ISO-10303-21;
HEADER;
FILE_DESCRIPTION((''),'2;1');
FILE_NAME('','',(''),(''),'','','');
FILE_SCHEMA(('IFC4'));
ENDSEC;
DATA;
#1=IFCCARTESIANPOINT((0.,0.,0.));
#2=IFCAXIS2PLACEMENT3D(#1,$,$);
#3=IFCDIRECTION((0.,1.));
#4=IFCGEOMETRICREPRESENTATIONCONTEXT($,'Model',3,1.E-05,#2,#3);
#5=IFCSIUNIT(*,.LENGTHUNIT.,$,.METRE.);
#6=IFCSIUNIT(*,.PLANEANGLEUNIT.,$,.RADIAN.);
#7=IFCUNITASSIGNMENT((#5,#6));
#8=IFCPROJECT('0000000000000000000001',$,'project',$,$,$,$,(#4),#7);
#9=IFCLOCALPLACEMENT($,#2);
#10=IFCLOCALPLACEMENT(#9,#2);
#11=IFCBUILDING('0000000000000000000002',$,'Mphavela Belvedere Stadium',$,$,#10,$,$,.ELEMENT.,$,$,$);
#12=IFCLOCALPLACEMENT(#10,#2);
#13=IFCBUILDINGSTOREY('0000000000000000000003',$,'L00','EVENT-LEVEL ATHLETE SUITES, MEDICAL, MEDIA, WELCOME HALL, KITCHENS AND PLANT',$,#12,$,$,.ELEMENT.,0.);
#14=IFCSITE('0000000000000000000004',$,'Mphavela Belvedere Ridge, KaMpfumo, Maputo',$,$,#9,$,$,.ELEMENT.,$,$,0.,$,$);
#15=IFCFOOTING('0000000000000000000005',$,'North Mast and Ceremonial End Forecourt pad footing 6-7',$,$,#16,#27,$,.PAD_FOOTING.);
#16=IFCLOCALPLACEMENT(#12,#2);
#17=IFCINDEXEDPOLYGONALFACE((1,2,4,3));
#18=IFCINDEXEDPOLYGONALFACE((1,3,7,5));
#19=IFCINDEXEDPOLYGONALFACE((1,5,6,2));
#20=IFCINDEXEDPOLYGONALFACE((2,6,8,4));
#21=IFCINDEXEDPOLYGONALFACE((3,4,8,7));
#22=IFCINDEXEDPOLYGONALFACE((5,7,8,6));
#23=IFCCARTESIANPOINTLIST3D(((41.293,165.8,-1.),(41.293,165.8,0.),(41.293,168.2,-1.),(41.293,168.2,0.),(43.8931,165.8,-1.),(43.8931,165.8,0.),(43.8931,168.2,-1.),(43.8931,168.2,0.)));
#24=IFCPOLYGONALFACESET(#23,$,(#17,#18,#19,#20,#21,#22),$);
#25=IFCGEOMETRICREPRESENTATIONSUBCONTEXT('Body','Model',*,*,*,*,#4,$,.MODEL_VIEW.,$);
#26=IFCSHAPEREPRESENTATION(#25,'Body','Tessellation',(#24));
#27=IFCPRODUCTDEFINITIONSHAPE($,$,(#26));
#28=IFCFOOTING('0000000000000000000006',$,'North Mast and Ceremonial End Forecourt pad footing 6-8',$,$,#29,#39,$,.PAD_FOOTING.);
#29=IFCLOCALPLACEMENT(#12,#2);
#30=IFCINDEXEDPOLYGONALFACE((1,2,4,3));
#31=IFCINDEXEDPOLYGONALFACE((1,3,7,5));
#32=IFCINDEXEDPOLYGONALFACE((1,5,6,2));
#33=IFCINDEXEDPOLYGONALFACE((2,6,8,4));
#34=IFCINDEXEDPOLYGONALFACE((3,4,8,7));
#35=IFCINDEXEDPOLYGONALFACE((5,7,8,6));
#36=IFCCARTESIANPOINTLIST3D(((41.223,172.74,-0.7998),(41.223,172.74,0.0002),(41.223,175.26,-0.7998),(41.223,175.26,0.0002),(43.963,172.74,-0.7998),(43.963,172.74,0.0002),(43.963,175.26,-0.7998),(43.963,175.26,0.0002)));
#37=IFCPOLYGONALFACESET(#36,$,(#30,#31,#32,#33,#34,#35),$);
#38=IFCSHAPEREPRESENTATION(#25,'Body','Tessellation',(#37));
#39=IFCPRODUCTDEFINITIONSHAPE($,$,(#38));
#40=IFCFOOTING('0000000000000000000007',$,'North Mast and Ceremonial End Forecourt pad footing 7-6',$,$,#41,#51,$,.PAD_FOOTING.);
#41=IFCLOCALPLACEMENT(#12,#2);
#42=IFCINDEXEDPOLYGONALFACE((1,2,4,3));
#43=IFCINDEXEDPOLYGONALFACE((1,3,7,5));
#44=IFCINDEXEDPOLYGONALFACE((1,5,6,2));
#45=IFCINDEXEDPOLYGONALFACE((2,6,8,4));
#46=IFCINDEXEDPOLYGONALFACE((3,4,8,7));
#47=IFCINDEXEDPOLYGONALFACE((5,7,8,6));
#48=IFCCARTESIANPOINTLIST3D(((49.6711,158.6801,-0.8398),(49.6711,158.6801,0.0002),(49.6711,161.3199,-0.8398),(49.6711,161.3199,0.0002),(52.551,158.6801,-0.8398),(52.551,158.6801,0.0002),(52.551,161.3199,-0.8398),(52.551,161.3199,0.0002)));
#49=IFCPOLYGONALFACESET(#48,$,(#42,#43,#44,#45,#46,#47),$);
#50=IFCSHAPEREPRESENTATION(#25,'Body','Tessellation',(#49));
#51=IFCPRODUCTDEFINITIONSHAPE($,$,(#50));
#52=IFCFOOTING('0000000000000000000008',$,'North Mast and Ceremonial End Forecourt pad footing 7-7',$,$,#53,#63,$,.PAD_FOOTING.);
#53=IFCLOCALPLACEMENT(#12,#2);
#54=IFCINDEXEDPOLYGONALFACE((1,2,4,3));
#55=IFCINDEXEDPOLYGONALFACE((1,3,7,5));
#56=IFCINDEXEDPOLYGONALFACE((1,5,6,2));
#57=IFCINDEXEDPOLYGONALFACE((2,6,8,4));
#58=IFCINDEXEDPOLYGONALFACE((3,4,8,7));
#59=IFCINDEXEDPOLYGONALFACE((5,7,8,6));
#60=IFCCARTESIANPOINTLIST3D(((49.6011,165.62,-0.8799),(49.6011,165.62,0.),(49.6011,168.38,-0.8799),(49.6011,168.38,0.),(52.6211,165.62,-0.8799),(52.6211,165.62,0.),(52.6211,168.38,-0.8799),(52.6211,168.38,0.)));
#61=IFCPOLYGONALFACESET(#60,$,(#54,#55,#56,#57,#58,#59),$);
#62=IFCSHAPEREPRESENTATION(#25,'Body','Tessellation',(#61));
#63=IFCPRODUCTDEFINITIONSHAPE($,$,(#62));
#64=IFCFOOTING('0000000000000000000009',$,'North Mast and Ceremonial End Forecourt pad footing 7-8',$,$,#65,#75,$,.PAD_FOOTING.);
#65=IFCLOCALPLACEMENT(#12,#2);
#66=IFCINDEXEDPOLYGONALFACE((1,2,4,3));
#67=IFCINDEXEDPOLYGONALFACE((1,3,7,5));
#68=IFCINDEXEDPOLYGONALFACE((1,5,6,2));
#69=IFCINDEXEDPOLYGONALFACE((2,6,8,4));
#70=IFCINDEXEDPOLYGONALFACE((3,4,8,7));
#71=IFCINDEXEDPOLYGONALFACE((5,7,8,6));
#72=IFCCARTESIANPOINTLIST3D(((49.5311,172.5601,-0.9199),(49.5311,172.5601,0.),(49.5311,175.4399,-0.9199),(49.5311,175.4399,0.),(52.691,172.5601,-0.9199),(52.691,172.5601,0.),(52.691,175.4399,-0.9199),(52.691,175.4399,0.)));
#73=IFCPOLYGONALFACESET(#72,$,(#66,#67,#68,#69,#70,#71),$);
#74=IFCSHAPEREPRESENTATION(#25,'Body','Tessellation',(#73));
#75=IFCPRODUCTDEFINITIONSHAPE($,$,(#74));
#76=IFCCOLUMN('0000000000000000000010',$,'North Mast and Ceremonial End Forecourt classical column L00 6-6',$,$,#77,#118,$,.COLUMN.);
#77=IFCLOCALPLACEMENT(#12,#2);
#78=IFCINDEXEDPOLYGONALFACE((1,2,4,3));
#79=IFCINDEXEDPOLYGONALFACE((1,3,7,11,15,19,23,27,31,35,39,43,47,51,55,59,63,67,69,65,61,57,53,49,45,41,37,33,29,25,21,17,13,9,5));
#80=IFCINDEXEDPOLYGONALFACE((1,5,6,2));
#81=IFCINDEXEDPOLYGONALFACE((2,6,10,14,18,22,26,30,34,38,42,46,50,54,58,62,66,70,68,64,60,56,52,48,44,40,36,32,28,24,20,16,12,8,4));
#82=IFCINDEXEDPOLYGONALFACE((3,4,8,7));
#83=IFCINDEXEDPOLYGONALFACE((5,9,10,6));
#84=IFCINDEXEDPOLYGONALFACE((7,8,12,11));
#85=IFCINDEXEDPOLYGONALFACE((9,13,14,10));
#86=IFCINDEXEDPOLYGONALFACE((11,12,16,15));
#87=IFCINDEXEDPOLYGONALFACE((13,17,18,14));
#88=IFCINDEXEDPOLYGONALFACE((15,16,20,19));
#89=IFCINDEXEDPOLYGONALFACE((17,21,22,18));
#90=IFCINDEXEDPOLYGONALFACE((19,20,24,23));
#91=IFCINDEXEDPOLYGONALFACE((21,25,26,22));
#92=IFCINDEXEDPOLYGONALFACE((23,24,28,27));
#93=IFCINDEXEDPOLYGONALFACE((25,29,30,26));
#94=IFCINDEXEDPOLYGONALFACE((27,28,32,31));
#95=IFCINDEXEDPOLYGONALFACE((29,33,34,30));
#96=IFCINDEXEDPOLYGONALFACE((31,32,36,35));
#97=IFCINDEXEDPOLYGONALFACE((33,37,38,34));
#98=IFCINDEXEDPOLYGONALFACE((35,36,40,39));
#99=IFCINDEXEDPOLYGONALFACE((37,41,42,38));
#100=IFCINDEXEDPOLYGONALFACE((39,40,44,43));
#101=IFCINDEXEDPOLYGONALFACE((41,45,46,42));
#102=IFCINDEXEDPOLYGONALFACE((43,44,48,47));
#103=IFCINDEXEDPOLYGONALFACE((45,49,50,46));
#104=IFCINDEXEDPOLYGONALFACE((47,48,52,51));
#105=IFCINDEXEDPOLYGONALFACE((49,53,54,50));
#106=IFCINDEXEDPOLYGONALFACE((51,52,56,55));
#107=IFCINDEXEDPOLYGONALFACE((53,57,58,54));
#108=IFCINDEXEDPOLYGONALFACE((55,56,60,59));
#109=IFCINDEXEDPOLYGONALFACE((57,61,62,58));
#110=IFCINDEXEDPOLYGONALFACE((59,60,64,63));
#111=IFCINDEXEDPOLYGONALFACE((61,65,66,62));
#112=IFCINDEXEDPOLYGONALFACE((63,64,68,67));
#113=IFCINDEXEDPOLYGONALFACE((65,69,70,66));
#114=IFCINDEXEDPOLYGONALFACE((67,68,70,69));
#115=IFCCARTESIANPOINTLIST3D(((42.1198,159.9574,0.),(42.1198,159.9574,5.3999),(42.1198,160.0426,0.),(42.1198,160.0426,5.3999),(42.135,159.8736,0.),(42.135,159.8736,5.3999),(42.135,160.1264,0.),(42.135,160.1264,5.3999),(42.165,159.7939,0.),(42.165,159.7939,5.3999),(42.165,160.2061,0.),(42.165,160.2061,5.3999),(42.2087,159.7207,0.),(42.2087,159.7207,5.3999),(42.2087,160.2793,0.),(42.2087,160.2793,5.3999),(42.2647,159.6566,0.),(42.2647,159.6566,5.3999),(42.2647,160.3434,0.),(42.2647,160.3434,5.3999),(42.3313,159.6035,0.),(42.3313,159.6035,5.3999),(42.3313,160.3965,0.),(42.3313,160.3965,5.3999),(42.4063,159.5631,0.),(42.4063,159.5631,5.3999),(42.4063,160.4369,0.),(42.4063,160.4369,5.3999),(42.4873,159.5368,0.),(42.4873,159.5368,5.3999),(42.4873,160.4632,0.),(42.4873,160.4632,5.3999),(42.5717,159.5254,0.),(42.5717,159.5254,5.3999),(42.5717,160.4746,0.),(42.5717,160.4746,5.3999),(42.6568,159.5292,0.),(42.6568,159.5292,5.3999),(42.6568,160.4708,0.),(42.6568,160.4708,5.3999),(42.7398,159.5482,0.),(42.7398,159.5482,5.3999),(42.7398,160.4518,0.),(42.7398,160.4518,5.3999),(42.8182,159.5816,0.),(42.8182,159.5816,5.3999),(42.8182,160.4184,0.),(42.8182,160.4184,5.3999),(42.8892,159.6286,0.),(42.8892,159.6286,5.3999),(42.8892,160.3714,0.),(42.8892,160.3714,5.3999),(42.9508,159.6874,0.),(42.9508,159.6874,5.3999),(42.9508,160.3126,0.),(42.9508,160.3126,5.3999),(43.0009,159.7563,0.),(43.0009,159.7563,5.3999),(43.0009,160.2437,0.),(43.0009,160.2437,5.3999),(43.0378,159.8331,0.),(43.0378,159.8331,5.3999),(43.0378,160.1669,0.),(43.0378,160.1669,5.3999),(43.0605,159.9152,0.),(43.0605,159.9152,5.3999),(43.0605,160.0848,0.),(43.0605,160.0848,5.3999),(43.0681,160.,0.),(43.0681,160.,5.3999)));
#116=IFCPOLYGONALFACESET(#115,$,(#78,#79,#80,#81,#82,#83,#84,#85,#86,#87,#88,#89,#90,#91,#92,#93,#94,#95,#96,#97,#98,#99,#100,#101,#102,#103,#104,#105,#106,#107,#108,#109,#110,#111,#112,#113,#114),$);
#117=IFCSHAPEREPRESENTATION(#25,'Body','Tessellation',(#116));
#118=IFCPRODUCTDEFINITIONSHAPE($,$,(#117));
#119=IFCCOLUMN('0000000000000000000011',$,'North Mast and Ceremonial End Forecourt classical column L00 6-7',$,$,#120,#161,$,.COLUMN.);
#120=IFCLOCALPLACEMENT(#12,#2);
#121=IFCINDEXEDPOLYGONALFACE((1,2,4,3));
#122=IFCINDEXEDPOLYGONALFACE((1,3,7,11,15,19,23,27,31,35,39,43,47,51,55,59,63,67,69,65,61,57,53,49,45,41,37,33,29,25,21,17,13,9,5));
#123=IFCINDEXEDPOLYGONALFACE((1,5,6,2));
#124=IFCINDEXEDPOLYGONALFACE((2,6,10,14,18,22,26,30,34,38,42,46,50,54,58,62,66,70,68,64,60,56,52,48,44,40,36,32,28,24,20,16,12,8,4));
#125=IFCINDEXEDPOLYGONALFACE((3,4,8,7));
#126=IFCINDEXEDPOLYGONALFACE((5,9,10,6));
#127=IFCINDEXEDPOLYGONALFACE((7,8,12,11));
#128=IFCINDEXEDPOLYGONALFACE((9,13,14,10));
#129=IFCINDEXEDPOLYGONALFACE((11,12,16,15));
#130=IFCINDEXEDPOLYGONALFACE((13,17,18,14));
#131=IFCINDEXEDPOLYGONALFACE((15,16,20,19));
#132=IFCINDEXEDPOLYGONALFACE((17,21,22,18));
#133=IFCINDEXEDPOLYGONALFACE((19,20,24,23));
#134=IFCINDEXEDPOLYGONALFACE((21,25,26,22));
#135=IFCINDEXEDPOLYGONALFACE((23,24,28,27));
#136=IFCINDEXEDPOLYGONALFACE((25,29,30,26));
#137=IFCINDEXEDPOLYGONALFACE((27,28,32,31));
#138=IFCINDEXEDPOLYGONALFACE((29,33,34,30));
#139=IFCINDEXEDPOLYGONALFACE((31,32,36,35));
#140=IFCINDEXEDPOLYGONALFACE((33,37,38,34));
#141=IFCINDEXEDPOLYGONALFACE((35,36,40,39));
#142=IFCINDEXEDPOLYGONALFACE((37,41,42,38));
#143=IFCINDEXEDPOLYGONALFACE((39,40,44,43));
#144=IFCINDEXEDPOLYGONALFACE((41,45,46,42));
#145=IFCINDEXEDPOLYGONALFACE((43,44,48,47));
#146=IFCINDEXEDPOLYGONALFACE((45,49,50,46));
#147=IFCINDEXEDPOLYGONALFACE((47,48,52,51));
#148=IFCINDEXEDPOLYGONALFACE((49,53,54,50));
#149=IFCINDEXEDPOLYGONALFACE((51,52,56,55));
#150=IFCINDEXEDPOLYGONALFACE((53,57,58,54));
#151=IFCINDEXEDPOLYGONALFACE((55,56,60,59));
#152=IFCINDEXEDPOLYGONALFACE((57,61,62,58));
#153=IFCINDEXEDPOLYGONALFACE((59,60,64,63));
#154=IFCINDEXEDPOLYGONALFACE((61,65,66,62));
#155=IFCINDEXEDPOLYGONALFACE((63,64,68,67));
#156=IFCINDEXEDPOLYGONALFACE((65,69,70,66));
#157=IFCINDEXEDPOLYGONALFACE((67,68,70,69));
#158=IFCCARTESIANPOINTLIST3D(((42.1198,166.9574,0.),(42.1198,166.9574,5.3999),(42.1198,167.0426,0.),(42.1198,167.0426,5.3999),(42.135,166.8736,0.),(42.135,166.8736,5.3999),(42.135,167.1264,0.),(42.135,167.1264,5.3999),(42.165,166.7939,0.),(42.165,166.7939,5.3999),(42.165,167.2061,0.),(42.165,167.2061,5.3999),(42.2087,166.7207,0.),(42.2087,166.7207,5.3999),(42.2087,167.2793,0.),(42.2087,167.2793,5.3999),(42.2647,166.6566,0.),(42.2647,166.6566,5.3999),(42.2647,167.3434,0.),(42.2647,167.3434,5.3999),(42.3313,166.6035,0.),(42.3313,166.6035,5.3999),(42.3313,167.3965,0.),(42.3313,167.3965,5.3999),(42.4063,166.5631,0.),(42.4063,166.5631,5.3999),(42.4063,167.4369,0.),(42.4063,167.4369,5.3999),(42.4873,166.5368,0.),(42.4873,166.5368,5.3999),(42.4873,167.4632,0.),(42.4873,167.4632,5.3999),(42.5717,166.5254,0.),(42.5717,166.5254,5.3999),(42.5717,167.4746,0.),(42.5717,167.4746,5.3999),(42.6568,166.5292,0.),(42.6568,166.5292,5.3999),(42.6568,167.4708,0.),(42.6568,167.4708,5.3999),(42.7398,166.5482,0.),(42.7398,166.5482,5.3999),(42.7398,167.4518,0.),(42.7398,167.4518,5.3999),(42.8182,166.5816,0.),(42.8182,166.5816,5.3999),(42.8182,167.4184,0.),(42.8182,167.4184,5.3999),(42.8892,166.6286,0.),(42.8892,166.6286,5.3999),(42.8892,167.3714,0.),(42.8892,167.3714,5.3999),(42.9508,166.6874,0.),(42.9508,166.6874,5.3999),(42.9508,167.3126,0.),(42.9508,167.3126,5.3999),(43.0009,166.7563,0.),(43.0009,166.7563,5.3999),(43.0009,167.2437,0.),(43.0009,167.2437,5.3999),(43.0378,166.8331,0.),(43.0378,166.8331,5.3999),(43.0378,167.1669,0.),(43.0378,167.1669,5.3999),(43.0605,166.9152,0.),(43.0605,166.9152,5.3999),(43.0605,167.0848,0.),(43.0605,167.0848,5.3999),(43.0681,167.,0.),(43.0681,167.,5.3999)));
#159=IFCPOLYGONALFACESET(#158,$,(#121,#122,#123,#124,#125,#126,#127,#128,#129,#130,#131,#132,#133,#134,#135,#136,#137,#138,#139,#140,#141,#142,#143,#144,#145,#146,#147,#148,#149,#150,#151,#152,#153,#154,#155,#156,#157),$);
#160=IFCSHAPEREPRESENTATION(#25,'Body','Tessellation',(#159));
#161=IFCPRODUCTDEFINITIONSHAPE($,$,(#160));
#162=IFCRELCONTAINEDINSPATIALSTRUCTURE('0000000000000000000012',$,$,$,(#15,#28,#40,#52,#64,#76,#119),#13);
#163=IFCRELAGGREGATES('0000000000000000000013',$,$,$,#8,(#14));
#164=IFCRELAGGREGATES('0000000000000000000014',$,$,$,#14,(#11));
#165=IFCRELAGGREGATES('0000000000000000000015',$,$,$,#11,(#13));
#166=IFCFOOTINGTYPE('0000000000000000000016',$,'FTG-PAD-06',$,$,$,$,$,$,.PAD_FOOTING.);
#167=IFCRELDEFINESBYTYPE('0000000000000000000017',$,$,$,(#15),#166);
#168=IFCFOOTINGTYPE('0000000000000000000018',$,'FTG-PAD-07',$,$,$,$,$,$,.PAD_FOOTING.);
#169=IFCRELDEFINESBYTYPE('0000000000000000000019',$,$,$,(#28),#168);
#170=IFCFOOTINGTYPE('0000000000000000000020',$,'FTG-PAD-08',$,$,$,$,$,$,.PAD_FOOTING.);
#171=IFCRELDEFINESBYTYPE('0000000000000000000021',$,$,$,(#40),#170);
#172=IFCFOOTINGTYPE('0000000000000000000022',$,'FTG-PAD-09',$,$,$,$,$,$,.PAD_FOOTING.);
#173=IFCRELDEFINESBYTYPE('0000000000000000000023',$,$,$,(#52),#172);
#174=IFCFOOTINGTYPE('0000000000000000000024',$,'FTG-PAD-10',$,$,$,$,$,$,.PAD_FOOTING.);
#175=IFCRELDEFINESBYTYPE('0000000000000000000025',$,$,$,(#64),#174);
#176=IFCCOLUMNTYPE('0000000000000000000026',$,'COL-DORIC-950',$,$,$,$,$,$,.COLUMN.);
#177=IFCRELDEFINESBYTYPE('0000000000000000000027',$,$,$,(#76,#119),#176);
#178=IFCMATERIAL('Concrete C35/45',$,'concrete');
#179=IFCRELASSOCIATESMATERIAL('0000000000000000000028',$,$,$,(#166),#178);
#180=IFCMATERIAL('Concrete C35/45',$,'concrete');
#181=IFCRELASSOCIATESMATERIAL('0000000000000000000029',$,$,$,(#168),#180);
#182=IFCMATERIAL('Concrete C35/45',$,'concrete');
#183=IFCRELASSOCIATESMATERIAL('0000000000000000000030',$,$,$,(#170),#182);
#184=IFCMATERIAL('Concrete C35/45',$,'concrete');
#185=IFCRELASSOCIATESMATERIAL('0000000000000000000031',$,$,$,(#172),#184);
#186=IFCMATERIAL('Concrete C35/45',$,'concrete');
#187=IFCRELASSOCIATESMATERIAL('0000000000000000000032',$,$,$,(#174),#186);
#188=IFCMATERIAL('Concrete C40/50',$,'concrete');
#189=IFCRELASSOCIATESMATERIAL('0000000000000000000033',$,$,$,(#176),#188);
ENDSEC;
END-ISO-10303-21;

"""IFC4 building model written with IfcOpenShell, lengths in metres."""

from ifc_helpers import new_model, si_unit, direction, frame, origin, origin_2d, place, context, subcontext, project, spatial, rectangle, circle, extrude, material, material_profile, profile_set, type_object, element, save


model = new_model("IFC4")

# Units and contexts
model_context = context("Model", 3, precision=1e-05, world=origin(), true_north=direction((0.0, 1.0)))
body_context = subcontext(model_context, "Body", "Model", "MODEL_VIEW")
ifc_project = project(units=[si_unit("LENGTHUNIT", "METRE"), si_unit("PLANEANGLEUNIT", "RADIAN")], contexts=[model_context])

# Site, building, storey
site_placement = place(None, origin())
site = spatial("IfcSite", under=ifc_project, at=site_placement, Name="Mphavela Belvedere Ridge, KaMpfumo, Maputo", CompositionType="ELEMENT", RefElevation=0.0)
building_placement = place(site_placement, origin())
building = spatial("IfcBuilding", under=site, at=building_placement, Name="Mphavela Belvedere Stadium", CompositionType="ELEMENT")
storey_placement = place(building_placement, origin())
storey = spatial("IfcBuildingStorey", under=building, at=storey_placement, Name="L00", Description="EVENT-LEVEL ATHLETE SUITES, MEDICAL, MEDIA, WELCOME HALL, KITCHENS AND PLANT", CompositionType="ELEMENT", Elevation=0.0)

# Footings
ifc_material_1 = material(Name="Concrete C35/45", Category="concrete")
footing_type_1 = type_object("IfcFootingType", Name="FTG-PAD-06", PredefinedType="PAD_FOOTING", material=ifc_material_1)
footing_1_placement = place(storey_placement, frame((42.593, 167.0, -1.0), z_axis=(0.0, 0.0, 1.0), x_axis=(1.0, 0.0, 0.0)))
element("IfcFooting", 1, at=footing_1_placement, inside=storey, type_object=footing_type_1, Name="North Mast and Ceremonial End Forecourt pad footing 6-7", PredefinedType="PAD_FOOTING", context=body_context, shape_type="SweptSolid", body=[
    extrude(rectangle(XDim=2.6001, YDim=2.3999, at=origin_2d()), origin(), (0.0, 0.0, 1.0), 1.0),
])
ifc_material_2 = material(Name="Concrete C35/45", Category="concrete")
footing_type_2 = type_object("IfcFootingType", Name="FTG-PAD-07", PredefinedType="PAD_FOOTING", material=ifc_material_2)
footing_2_placement = place(storey_placement, frame((42.593, 174.0, -0.7998), z_axis=(0.0, 0.0, 1.0), x_axis=(1.0, 0.0, 0.0)))
element("IfcFooting", 2, at=footing_2_placement, inside=storey, type_object=footing_type_2, Name="North Mast and Ceremonial End Forecourt pad footing 6-8", PredefinedType="PAD_FOOTING", context=body_context, shape_type="SweptSolid", body=[
    extrude(rectangle(XDim=2.74, YDim=2.52, at=origin_2d()), origin(), (0.0, 0.0, 1.0), 0.8),
])
ifc_material_3 = material(Name="Concrete C35/45", Category="concrete")
footing_type_3 = type_object("IfcFootingType", Name="FTG-PAD-08", PredefinedType="PAD_FOOTING", material=ifc_material_3)
footing_3_placement = place(storey_placement, frame((51.1111, 160.0, -0.8398), z_axis=(0.0, 0.0, 1.0), x_axis=(1.0, 0.0, 0.0)))
element("IfcFooting", 3, at=footing_3_placement, inside=storey, type_object=footing_type_3, Name="North Mast and Ceremonial End Forecourt pad footing 7-6", PredefinedType="PAD_FOOTING", context=body_context, shape_type="SweptSolid", body=[
    extrude(rectangle(XDim=2.8799, YDim=2.6399, at=origin_2d()), origin(), (0.0, 0.0, 1.0), 0.8401),
])
ifc_material_4 = material(Name="Concrete C35/45", Category="concrete")
footing_type_4 = type_object("IfcFootingType", Name="FTG-PAD-09", PredefinedType="PAD_FOOTING", material=ifc_material_4)
footing_4_placement = place(storey_placement, frame((51.1111, 167.0, -0.8799), z_axis=(0.0, 0.0, 1.0), x_axis=(1.0, 0.0, 0.0)))
element("IfcFooting", 4, at=footing_4_placement, inside=storey, type_object=footing_type_4, Name="North Mast and Ceremonial End Forecourt pad footing 7-7", PredefinedType="PAD_FOOTING", context=body_context, shape_type="SweptSolid", body=[
    extrude(rectangle(XDim=3.02, YDim=2.76, at=origin_2d()), origin(), (0.0, 0.0, 1.0), 0.8799),
])
ifc_material_5 = material(Name="Concrete C35/45", Category="concrete")
footing_type_5 = type_object("IfcFootingType", Name="FTG-PAD-10", PredefinedType="PAD_FOOTING", material=ifc_material_5)
footing_5_placement = place(storey_placement, frame((51.1111, 174.0, -0.9199), z_axis=(0.0, 0.0, 1.0), x_axis=(1.0, 0.0, 0.0)))
element("IfcFooting", 5, at=footing_5_placement, inside=storey, type_object=footing_type_5, Name="North Mast and Ceremonial End Forecourt pad footing 7-8", PredefinedType="PAD_FOOTING", context=body_context, shape_type="SweptSolid", body=[
    extrude(rectangle(XDim=3.1599, YDim=2.8799, at=origin_2d()), origin(), (0.0, 0.0, 1.0), 0.9199),
])

# Columns
ifc_material_6 = material(Name="Concrete C40/50", Category="concrete")
ifc_material_profile_1 = material_profile(ifc_material_6, circle(Radius=0.4751, at=origin_2d()), Name="COL D950")
ifc_profile_set_1 = profile_set([ifc_material_profile_1], Name="Concrete C40/50")
column_type = type_object("IfcColumnType", Name="COL-DORIC-950", PredefinedType="COLUMN", material=ifc_profile_set_1)
for number, where, z_axis, x_axis, name in (
    (6, (42.593, 160.0, 0.0), (0.0, 0.0, 1.0), (1.0, 0.0, 0.0), "North Mast and Ceremonial End Forecourt classical column L00 6-6"),
    (7, (42.593, 167.0, 0.0), (0.0, 0.0, 1.0), (1.0, 0.0, 0.0), "North Mast and Ceremonial End Forecourt classical column L00 6-7"),
):
    element("IfcColumn", number, at=place(storey_placement, frame(where, z_axis=z_axis, x_axis=x_axis)), inside=storey, type_object=column_type, Name=name, PredefinedType="COLUMN", context=body_context, shape_type="SweptSolid", body=[
        extrude(circle(Radius=0.4751, at=origin_2d()), origin(), (0.0, 0.0, 1.0), 5.3999),
    ])

save(model, "model.ifc")
